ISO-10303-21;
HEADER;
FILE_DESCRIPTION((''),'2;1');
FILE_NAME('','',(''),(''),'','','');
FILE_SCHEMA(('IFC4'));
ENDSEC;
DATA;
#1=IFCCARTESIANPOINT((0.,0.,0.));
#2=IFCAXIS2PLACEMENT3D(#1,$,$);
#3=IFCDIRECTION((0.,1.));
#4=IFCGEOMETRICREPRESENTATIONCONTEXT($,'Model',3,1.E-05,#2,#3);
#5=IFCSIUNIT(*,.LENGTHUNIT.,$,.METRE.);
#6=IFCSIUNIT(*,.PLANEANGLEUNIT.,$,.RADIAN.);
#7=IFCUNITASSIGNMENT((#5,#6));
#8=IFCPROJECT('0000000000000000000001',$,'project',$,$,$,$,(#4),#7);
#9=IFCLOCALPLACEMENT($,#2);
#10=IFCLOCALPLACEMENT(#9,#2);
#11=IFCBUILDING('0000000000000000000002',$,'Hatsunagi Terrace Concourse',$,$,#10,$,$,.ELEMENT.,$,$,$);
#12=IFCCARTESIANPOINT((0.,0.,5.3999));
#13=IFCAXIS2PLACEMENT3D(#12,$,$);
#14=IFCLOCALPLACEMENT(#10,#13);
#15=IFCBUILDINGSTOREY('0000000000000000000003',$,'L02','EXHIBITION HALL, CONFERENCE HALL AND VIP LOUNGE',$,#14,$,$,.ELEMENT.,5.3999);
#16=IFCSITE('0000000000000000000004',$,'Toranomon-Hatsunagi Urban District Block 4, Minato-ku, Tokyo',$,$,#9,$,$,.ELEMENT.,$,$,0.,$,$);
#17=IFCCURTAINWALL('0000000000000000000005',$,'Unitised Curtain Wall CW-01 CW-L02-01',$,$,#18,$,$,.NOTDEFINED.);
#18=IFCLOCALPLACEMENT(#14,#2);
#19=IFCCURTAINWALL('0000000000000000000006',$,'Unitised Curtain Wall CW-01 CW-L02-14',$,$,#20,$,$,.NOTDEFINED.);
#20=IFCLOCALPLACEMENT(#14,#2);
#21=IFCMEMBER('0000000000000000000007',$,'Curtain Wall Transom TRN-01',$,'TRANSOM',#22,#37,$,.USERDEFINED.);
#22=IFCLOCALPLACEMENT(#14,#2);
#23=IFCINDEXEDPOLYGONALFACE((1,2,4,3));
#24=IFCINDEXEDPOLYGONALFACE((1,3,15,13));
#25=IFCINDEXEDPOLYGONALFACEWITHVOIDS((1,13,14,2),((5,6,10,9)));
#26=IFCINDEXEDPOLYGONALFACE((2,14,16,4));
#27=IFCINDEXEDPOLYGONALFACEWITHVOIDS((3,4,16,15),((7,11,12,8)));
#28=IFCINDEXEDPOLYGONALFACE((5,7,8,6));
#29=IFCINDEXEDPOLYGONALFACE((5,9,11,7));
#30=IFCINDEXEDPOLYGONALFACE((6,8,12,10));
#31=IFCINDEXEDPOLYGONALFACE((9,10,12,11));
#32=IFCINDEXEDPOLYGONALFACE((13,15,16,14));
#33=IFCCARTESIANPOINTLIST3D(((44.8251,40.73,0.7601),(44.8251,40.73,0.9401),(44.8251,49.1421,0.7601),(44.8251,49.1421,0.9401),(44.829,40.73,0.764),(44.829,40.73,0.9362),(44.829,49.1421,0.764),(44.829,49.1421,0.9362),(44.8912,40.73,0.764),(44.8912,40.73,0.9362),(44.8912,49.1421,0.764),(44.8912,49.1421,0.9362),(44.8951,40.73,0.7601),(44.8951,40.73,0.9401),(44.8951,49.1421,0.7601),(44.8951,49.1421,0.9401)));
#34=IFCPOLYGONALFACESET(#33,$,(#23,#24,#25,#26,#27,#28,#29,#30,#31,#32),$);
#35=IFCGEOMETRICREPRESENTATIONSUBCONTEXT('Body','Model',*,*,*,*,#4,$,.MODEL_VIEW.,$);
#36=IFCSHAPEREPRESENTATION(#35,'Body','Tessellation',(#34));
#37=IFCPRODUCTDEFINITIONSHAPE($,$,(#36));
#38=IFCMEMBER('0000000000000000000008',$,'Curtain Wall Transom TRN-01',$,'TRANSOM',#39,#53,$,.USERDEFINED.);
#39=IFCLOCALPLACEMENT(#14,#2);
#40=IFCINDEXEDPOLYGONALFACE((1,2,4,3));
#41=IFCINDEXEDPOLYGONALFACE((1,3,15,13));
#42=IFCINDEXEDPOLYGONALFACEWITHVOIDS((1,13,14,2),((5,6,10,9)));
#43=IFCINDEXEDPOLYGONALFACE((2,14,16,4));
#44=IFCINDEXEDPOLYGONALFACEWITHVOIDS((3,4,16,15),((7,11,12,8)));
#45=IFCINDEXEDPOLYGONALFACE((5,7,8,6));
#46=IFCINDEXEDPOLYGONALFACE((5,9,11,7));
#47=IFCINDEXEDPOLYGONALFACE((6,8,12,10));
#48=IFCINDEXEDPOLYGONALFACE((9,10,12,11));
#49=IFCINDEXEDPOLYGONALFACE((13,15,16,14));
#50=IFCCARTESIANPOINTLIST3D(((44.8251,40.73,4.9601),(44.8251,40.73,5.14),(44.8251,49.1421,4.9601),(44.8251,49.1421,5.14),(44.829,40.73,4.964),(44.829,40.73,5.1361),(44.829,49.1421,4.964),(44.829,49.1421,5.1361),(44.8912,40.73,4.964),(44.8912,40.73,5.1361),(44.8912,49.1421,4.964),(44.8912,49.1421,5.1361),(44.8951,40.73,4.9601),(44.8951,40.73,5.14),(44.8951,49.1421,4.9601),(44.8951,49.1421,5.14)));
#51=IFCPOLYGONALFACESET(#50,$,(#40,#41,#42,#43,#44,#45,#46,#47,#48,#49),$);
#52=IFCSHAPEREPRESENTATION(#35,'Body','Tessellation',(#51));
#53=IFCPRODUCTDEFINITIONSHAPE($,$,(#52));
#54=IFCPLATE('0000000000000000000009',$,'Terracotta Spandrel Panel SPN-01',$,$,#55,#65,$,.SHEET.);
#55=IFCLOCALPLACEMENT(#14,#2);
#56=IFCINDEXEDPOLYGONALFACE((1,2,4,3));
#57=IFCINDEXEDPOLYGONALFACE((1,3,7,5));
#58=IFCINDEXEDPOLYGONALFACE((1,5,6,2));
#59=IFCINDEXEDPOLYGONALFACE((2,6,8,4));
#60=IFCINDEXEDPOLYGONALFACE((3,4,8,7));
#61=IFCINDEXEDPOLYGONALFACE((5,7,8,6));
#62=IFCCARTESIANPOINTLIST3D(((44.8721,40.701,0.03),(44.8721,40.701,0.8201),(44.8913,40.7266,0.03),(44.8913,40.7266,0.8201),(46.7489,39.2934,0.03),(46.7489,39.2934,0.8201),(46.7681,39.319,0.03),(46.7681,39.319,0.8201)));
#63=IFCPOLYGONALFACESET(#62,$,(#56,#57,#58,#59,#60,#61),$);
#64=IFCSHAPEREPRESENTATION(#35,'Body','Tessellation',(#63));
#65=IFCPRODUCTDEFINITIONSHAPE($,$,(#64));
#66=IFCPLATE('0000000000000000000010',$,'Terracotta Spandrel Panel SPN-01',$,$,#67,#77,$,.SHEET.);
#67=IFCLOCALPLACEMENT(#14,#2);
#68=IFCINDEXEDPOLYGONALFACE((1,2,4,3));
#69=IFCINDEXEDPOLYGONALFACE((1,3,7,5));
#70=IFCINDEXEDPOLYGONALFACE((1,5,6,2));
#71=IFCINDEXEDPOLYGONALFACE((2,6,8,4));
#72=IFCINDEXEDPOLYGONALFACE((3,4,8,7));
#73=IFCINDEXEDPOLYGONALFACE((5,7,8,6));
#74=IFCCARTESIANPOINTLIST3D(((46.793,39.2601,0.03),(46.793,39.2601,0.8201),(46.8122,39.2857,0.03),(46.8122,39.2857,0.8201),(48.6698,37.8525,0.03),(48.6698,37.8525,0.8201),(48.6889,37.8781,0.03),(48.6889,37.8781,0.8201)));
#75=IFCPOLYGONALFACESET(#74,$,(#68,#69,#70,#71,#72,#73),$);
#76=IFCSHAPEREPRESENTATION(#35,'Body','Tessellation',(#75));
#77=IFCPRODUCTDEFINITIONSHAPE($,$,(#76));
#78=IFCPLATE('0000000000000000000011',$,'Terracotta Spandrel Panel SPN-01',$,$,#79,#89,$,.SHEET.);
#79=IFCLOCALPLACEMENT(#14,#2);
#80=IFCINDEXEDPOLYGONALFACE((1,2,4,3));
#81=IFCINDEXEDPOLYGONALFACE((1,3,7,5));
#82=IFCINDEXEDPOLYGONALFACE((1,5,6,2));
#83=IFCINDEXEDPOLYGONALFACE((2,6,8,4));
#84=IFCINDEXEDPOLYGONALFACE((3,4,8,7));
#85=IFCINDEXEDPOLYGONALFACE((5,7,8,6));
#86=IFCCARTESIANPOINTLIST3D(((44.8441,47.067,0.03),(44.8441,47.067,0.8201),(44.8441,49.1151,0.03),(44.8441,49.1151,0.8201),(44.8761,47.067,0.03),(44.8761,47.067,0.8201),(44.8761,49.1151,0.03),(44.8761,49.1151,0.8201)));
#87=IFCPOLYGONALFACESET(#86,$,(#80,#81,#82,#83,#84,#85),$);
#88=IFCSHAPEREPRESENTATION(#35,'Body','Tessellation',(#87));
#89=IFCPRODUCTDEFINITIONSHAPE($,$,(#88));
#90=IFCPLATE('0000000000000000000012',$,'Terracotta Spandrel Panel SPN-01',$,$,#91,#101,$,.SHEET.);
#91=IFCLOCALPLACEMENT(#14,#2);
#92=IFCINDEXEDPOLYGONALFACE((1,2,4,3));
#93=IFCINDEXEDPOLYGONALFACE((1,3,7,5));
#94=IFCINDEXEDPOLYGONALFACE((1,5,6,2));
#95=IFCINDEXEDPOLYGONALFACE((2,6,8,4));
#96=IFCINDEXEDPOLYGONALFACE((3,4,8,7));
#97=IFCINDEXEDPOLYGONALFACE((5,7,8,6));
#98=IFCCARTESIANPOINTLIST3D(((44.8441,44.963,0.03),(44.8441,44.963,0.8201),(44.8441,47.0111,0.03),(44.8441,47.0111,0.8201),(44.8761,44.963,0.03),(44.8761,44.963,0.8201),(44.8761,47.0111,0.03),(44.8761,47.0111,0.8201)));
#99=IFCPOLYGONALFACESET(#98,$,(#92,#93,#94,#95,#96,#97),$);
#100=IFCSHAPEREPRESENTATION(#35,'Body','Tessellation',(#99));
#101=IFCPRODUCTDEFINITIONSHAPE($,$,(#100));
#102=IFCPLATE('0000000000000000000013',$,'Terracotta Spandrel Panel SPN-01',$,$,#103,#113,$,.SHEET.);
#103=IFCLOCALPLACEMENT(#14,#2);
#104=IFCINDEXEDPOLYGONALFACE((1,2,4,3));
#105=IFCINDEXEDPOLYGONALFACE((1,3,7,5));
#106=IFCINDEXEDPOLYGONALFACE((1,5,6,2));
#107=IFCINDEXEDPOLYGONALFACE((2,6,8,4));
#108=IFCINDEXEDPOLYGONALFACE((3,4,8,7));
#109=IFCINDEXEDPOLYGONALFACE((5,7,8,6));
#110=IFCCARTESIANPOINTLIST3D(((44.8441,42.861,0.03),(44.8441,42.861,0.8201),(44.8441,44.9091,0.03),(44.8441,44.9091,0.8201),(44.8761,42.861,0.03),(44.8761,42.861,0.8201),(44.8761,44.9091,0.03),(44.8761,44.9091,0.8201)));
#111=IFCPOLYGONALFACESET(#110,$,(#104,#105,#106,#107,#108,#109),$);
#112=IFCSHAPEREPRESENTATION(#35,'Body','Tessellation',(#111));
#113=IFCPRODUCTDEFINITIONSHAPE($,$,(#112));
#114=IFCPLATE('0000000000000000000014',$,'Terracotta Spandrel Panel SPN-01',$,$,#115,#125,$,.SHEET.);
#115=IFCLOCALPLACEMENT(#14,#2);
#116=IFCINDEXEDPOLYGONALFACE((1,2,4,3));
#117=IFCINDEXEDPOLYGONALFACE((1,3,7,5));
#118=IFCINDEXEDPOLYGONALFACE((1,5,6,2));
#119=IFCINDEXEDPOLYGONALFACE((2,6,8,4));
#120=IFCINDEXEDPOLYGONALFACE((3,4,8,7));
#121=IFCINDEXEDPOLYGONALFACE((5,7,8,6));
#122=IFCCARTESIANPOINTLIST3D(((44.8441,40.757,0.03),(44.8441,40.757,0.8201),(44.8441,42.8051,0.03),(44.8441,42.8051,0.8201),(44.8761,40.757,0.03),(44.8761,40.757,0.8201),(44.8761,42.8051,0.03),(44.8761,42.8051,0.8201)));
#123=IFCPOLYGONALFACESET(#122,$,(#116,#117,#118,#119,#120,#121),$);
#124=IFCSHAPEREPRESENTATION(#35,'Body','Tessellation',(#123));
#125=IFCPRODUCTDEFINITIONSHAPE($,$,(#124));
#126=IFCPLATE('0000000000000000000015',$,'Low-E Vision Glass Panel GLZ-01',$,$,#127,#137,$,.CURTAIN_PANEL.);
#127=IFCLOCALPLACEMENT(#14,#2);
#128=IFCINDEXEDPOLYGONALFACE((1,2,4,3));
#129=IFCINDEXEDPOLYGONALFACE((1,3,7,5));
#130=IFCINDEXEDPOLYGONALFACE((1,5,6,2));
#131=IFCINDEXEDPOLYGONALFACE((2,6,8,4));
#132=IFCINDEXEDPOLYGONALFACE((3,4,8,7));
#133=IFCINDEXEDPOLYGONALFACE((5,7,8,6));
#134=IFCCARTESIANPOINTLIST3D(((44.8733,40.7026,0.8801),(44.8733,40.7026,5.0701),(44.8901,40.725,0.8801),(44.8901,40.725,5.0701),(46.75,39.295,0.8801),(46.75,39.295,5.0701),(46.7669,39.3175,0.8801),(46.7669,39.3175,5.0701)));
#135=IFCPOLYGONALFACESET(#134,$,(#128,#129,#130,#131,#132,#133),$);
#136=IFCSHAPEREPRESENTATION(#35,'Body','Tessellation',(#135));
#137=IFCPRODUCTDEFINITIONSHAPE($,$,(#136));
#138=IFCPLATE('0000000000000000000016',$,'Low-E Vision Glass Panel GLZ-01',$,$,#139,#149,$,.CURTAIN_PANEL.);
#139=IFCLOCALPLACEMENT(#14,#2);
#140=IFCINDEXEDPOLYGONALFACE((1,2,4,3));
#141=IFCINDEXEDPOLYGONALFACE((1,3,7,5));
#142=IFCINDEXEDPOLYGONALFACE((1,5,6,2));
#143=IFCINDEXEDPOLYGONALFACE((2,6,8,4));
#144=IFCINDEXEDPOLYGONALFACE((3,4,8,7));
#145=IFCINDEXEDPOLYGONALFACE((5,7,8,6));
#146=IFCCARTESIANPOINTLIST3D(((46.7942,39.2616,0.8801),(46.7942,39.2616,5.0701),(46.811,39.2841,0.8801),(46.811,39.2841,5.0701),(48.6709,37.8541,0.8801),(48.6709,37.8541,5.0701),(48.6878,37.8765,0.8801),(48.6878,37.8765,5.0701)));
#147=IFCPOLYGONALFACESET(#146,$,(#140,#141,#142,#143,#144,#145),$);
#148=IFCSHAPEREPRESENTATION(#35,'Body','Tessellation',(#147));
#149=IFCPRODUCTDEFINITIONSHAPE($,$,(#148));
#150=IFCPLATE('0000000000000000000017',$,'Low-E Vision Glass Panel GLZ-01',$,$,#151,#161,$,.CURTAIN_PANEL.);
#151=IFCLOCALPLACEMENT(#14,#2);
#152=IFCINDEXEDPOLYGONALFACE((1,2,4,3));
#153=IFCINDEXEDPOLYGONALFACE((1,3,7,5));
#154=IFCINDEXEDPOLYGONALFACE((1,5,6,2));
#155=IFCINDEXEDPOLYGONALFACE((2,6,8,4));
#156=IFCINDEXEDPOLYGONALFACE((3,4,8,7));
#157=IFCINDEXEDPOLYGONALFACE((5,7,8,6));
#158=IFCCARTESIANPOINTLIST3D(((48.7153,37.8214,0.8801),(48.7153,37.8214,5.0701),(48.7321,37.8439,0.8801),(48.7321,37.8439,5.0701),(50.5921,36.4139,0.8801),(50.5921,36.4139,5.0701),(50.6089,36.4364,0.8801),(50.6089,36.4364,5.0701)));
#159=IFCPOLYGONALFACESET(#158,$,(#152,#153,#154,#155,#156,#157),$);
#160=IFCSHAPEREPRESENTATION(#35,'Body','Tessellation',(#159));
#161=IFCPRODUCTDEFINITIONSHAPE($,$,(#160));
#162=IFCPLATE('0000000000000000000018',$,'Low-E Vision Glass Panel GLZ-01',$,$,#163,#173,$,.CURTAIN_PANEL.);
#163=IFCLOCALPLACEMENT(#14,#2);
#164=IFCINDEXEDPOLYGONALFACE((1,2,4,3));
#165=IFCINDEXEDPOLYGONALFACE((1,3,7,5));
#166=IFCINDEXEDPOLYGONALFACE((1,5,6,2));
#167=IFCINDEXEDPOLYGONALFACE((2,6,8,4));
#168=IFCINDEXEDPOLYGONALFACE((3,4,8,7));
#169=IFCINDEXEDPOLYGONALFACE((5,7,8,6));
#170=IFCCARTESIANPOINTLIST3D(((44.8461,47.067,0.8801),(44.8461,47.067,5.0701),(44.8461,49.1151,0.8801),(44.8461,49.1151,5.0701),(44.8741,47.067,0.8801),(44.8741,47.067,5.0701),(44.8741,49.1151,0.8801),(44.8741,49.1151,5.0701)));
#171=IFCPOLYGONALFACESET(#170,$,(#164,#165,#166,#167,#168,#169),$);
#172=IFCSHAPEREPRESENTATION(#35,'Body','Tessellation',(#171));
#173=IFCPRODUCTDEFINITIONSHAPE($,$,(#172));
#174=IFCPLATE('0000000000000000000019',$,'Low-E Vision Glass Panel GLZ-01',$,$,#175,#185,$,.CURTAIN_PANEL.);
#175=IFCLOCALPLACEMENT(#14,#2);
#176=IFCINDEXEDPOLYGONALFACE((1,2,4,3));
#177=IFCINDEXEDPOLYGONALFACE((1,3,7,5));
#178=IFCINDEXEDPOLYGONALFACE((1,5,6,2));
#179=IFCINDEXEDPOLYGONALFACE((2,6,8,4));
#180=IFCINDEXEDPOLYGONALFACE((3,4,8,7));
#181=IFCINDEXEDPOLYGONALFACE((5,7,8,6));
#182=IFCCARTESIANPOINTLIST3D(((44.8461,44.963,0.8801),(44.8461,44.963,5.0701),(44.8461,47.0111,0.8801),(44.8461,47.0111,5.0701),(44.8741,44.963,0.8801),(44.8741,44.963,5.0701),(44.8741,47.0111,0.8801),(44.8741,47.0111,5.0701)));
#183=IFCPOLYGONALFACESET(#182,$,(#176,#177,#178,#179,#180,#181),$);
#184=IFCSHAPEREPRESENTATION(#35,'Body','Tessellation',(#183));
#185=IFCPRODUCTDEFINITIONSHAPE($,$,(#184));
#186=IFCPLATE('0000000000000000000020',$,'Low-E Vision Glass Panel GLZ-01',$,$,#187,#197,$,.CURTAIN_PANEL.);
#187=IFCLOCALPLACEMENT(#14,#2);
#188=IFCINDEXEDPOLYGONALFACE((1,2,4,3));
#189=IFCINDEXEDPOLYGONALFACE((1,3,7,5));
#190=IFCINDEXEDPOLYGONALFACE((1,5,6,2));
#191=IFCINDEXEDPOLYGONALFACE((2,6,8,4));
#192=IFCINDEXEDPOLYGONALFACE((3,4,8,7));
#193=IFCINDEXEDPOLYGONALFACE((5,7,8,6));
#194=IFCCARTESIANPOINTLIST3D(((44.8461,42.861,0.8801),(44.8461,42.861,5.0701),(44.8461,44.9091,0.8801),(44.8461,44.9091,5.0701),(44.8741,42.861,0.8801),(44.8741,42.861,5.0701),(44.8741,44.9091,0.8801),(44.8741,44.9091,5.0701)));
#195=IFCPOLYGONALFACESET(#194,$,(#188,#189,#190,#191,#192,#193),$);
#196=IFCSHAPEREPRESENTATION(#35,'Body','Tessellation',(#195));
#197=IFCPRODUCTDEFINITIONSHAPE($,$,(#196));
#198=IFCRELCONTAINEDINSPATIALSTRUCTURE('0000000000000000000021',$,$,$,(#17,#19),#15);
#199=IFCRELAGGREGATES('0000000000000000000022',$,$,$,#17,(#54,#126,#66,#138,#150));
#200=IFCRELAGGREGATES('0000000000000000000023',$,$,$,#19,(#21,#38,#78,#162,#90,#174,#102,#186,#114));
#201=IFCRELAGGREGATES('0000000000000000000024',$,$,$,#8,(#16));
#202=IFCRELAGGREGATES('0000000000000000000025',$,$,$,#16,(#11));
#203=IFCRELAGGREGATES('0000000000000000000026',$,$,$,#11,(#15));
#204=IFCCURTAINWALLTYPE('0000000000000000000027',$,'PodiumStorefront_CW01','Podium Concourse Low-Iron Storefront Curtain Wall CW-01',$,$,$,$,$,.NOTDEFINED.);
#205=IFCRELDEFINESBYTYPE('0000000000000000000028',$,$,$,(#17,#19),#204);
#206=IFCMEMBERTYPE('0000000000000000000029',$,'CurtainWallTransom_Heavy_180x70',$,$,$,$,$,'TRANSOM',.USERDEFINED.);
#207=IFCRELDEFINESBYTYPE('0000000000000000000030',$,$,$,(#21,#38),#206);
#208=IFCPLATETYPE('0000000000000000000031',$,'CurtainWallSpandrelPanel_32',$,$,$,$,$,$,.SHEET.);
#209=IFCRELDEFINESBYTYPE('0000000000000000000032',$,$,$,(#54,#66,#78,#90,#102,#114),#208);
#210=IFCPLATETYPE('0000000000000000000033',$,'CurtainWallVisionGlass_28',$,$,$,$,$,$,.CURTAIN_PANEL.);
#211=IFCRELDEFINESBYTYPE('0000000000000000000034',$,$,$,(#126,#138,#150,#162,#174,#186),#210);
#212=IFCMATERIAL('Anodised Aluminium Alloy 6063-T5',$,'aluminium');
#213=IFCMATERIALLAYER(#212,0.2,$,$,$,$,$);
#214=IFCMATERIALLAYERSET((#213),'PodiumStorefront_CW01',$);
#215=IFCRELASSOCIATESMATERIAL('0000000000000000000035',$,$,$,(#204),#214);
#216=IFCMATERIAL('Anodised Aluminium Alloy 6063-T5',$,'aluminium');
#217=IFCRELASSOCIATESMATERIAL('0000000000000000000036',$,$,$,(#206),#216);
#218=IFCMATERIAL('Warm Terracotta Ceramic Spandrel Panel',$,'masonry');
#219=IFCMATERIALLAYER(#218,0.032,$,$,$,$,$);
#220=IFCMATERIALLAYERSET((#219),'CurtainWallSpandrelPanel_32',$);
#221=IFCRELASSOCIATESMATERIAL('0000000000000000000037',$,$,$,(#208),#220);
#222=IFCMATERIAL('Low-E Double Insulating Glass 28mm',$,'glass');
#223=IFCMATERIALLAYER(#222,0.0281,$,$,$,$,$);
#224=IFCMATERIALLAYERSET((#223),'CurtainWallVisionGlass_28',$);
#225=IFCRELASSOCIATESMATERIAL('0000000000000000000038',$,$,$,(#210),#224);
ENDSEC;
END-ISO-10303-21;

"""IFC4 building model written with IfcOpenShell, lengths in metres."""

from ifc_helpers import new_model, si_unit, direction, frame, origin, origin_2d, place, context, subcontext, project, spatial, rectangle, hollow_rectangle, extrude, material, layer, layer_set, material_profile, profile_set, type_object, element, aggregate, save


model = new_model("IFC4")

# Units and contexts
model_context = context("Model", 3, precision=1e-05, world=origin(), true_north=direction((0.0, 1.0)))
body_context = subcontext(model_context, "Body", "Model", "MODEL_VIEW")
ifc_project = project(units=[si_unit("LENGTHUNIT", "METRE"), si_unit("PLANEANGLEUNIT", "RADIAN")], contexts=[model_context])

# Site, building, storey
site_placement = place(None, origin())
site = spatial("IfcSite", under=ifc_project, at=site_placement, Name="Toranomon-Hatsunagi Urban District Block 4, Minato-ku, Tokyo", CompositionType="ELEMENT", RefElevation=0.0)
building_placement = place(site_placement, origin())
building = spatial("IfcBuilding", under=site, at=building_placement, Name="Hatsunagi Terrace Concourse", CompositionType="ELEMENT")
storey_placement = place(building_placement, frame((0.0, 0.0, 5.3999)))
storey = spatial("IfcBuildingStorey", under=building, at=storey_placement, Name="L02", Description="EXHIBITION HALL, CONFERENCE HALL AND VIP LOUNGE", CompositionType="ELEMENT", Elevation=5.3999)

# Curtain walls
ifc_material_1 = material(Name="Anodised Aluminium Alloy 6063-T5", Category="aluminium")
ifc_layer_1 = layer(ifc_material_1, 0.2)
ifc_layer_set_1 = layer_set([ifc_layer_1], Name="PodiumStorefront_CW01")
curtain_wall_type = type_object("IfcCurtainWallType", Name="PodiumStorefront_CW01", Description="Podium Concourse Low-Iron Storefront Curtain Wall CW-01", PredefinedType="NOTDEFINED", material=ifc_layer_set_1)
curtain_wall_1_placement = place(storey_placement, origin())
curtain_wall_1 = element("IfcCurtainWall", 1, at=curtain_wall_1_placement, inside=storey, type_object=curtain_wall_type, Name="Unitised Curtain Wall CW-01 CW-L02-01", PredefinedType="NOTDEFINED")
curtain_wall_2_placement = place(storey_placement, origin())
curtain_wall_2 = element("IfcCurtainWall", 2, at=curtain_wall_2_placement, inside=storey, type_object=curtain_wall_type, Name="Unitised Curtain Wall CW-01 CW-L02-14", PredefinedType="NOTDEFINED")

# Members
ifc_material_2 = material(Name="Anodised Aluminium Alloy 6063-T5", Category="aluminium")
ifc_material_profile_1 = material_profile(ifc_material_2, hollow_rectangle(XDim=0.0701, YDim=0.1799, WallThickness=0.0039, at=origin_2d()), Name="ALU-TRN-180x70x4")
ifc_profile_set_1 = profile_set([ifc_material_profile_1], Name="Anodised Aluminium Alloy 6063-T5")
member_type_1 = type_object("IfcMemberType", Name="CurtainWallTransom_Heavy_180x70", ElementType="TRANSOM", PredefinedType="USERDEFINED", material=ifc_profile_set_1)
member_1_placement = place(storey_placement, frame((44.8601, 49.1421, 0.8501), z_axis=(0.0, -1.0, 0.0), x_axis=(1.0, 0.0, 0.0)))
member_1 = element("IfcMember", 3, at=member_1_placement, type_object=member_type_1, Name="Curtain Wall Transom TRN-01", ObjectType="TRANSOM", PredefinedType="USERDEFINED", context=body_context, shape_type="SweptSolid", body=[
    extrude(hollow_rectangle(XDim=0.0701, YDim=0.1799, WallThickness=0.0039, at=origin_2d()), origin(), (0.0, 0.0, 1.0), 8.4121),
])
member_2_placement = place(storey_placement, frame((44.8601, 49.1421, 5.05), z_axis=(0.0, -1.0, 0.0), x_axis=(1.0, 0.0, 0.0)))
member_2 = element("IfcMember", 4, at=member_2_placement, type_object=member_type_1, Name="Curtain Wall Transom TRN-01", ObjectType="TRANSOM", PredefinedType="USERDEFINED", context=body_context, shape_type="SweptSolid", body=[
    extrude(hollow_rectangle(XDim=0.0701, YDim=0.1799, WallThickness=0.0039, at=origin_2d()), origin(), (0.0, 0.0, 1.0), 8.4121),
])

# Plates
ifc_material_3 = material(Name="Warm Terracotta Ceramic Spandrel Panel", Category="masonry")
ifc_layer_2 = layer(ifc_material_3, 0.032)
ifc_layer_set_2 = layer_set([ifc_layer_2], Name="CurtainWallSpandrelPanel_32")
plate_type_1 = type_object("IfcPlateType", Name="CurtainWallSpandrelPanel_32", PredefinedType="SHEET", material=ifc_layer_set_2)
plate_1_placement = place(storey_placement, frame((45.8201, 40.01, 0.03), z_axis=(0.0, 0.0, 1.0), x_axis=(0.800007, -0.59999, 0.0)))
plate_1 = element("IfcPlate", 5, at=plate_1_placement, type_object=plate_type_1, Name="Terracotta Spandrel Panel SPN-01", PredefinedType="SHEET", context=body_context, shape_type="SweptSolid", body=[
    extrude(rectangle(XDim=2.3459, YDim=0.032, at=origin_2d()), origin(), (0.0, 0.0, 1.0), 0.79),
])
plate_2_placement = place(storey_placement, frame((47.741, 38.5691, 0.03), z_axis=(0.0, 0.0, 1.0), x_axis=(0.800007, -0.59999, 0.0)))
plate_2 = element("IfcPlate", 6, at=plate_2_placement, type_object=plate_type_1, Name="Terracotta Spandrel Panel SPN-01", PredefinedType="SHEET", context=body_context, shape_type="SweptSolid", body=[
    extrude(rectangle(XDim=2.3459, YDim=0.032, at=origin_2d()), origin(), (0.0, 0.0, 1.0), 0.79),
])
plate_3_placement = place(storey_placement, frame((44.8601, 48.0911, 0.03), z_axis=(0.0, 0.0, 1.0), x_axis=(0.0, -1.0, 0.0)))
plate_3 = element("IfcPlate", 7, at=plate_3_placement, type_object=plate_type_1, Name="Terracotta Spandrel Panel SPN-01", PredefinedType="SHEET", context=body_context, shape_type="SweptSolid", body=[
    extrude(rectangle(XDim=2.0481, YDim=0.032, at=origin_2d()), origin(), (0.0, 0.0, 1.0), 0.79),
])
plate_4_placement = place(storey_placement, frame((44.8601, 45.9871, 0.03), z_axis=(0.0, 0.0, 1.0), x_axis=(0.0, -1.0, 0.0)))
plate_4 = element("IfcPlate", 8, at=plate_4_placement, type_object=plate_type_1, Name="Terracotta Spandrel Panel SPN-01", PredefinedType="SHEET", context=body_context, shape_type="SweptSolid", body=[
    extrude(rectangle(XDim=2.0481, YDim=0.032, at=origin_2d()), origin(), (0.0, 0.0, 1.0), 0.79),
])
plate_5_placement = place(storey_placement, frame((44.8601, 43.885, 0.03), z_axis=(0.0, 0.0, 1.0), x_axis=(0.0, -1.0, 0.0)))
plate_5 = element("IfcPlate", 9, at=plate_5_placement, type_object=plate_type_1, Name="Terracotta Spandrel Panel SPN-01", PredefinedType="SHEET", context=body_context, shape_type="SweptSolid", body=[
    extrude(rectangle(XDim=2.0481, YDim=0.032, at=origin_2d()), origin(), (0.0, 0.0, 1.0), 0.79),
])
plate_6_placement = place(storey_placement, frame((44.8601, 41.781, 0.03), z_axis=(0.0, 0.0, 1.0), x_axis=(0.0, -1.0, 0.0)))
plate_6 = element("IfcPlate", 10, at=plate_6_placement, type_object=plate_type_1, Name="Terracotta Spandrel Panel SPN-01", PredefinedType="SHEET", context=body_context, shape_type="SweptSolid", body=[
    extrude(rectangle(XDim=2.0481, YDim=0.032, at=origin_2d()), origin(), (0.0, 0.0, 1.0), 0.79),
])
ifc_material_4 = material(Name="Low-E Double Insulating Glass 28mm", Category="glass")
ifc_layer_3 = layer(ifc_material_4, 0.0281)
ifc_layer_set_3 = layer_set([ifc_layer_3], Name="CurtainWallVisionGlass_28")
plate_type_2 = type_object("IfcPlateType", Name="CurtainWallVisionGlass_28", PredefinedType="CURTAIN_PANEL", material=ifc_layer_set_3)
plate_7_placement = place(storey_placement, frame((45.8201, 40.01, 0.8801), z_axis=(0.0, 0.0, 1.0), x_axis=(0.800007, -0.59999, 0.0)))
plate_7 = element("IfcPlate", 11, at=plate_7_placement, type_object=plate_type_2, Name="Low-E Vision Glass Panel GLZ-01", PredefinedType="CURTAIN_PANEL", context=body_context, shape_type="SweptSolid", body=[
    extrude(rectangle(XDim=2.3459, YDim=0.0281, at=origin_2d()), origin(), (0.0, 0.0, 1.0), 4.1899),
])
plate_8_placement = place(storey_placement, frame((47.741, 38.5691, 0.8801), z_axis=(0.0, 0.0, 1.0), x_axis=(0.800007, -0.59999, 0.0)))
plate_8 = element("IfcPlate", 12, at=plate_8_placement, type_object=plate_type_2, Name="Low-E Vision Glass Panel GLZ-01", PredefinedType="CURTAIN_PANEL", context=body_context, shape_type="SweptSolid", body=[
    extrude(rectangle(XDim=2.3459, YDim=0.0281, at=origin_2d()), origin(), (0.0, 0.0, 1.0), 4.1899),
])
plate_9_placement = place(storey_placement, frame((49.6621, 37.1289, 0.8801), z_axis=(0.0, 0.0, 1.0), x_axis=(0.800007, -0.59999, 0.0)))
plate_9 = element("IfcPlate", 13, at=plate_9_placement, type_object=plate_type_2, Name="Low-E Vision Glass Panel GLZ-01", PredefinedType="CURTAIN_PANEL", context=body_context, shape_type="SweptSolid", body=[
    extrude(rectangle(XDim=2.3459, YDim=0.0281, at=origin_2d()), origin(), (0.0, 0.0, 1.0), 4.1899),
])
aggregate(curtain_wall_1, [plate_1, plate_7, plate_2, plate_8, plate_9])
plate_10_placement = place(storey_placement, frame((44.8601, 48.0911, 0.8801), z_axis=(0.0, 0.0, 1.0), x_axis=(0.0, -1.0, 0.0)))
plate_10 = element("IfcPlate", 14, at=plate_10_placement, type_object=plate_type_2, Name="Low-E Vision Glass Panel GLZ-01", PredefinedType="CURTAIN_PANEL", context=body_context, shape_type="SweptSolid", body=[
    extrude(rectangle(XDim=2.0481, YDim=0.0281, at=origin_2d()), origin(), (0.0, 0.0, 1.0), 4.1899),
])
plate_11_placement = place(storey_placement, frame((44.8601, 45.9871, 0.8801), z_axis=(0.0, 0.0, 1.0), x_axis=(0.0, -1.0, 0.0)))
plate_11 = element("IfcPlate", 15, at=plate_11_placement, type_object=plate_type_2, Name="Low-E Vision Glass Panel GLZ-01", PredefinedType="CURTAIN_PANEL", context=body_context, shape_type="SweptSolid", body=[
    extrude(rectangle(XDim=2.0481, YDim=0.0281, at=origin_2d()), origin(), (0.0, 0.0, 1.0), 4.1899),
])
plate_12_placement = place(storey_placement, frame((44.8601, 43.885, 0.8801), z_axis=(0.0, 0.0, 1.0), x_axis=(0.0, -1.0, 0.0)))
plate_12 = element("IfcPlate", 16, at=plate_12_placement, type_object=plate_type_2, Name="Low-E Vision Glass Panel GLZ-01", PredefinedType="CURTAIN_PANEL", context=body_context, shape_type="SweptSolid", body=[
    extrude(rectangle(XDim=2.0481, YDim=0.0281, at=origin_2d()), origin(), (0.0, 0.0, 1.0), 4.1899),
])
aggregate(curtain_wall_2, [member_1, member_2, plate_3, plate_10, plate_4, plate_11, plate_5, plate_12, plate_6])

save(model, "model.ifc")
